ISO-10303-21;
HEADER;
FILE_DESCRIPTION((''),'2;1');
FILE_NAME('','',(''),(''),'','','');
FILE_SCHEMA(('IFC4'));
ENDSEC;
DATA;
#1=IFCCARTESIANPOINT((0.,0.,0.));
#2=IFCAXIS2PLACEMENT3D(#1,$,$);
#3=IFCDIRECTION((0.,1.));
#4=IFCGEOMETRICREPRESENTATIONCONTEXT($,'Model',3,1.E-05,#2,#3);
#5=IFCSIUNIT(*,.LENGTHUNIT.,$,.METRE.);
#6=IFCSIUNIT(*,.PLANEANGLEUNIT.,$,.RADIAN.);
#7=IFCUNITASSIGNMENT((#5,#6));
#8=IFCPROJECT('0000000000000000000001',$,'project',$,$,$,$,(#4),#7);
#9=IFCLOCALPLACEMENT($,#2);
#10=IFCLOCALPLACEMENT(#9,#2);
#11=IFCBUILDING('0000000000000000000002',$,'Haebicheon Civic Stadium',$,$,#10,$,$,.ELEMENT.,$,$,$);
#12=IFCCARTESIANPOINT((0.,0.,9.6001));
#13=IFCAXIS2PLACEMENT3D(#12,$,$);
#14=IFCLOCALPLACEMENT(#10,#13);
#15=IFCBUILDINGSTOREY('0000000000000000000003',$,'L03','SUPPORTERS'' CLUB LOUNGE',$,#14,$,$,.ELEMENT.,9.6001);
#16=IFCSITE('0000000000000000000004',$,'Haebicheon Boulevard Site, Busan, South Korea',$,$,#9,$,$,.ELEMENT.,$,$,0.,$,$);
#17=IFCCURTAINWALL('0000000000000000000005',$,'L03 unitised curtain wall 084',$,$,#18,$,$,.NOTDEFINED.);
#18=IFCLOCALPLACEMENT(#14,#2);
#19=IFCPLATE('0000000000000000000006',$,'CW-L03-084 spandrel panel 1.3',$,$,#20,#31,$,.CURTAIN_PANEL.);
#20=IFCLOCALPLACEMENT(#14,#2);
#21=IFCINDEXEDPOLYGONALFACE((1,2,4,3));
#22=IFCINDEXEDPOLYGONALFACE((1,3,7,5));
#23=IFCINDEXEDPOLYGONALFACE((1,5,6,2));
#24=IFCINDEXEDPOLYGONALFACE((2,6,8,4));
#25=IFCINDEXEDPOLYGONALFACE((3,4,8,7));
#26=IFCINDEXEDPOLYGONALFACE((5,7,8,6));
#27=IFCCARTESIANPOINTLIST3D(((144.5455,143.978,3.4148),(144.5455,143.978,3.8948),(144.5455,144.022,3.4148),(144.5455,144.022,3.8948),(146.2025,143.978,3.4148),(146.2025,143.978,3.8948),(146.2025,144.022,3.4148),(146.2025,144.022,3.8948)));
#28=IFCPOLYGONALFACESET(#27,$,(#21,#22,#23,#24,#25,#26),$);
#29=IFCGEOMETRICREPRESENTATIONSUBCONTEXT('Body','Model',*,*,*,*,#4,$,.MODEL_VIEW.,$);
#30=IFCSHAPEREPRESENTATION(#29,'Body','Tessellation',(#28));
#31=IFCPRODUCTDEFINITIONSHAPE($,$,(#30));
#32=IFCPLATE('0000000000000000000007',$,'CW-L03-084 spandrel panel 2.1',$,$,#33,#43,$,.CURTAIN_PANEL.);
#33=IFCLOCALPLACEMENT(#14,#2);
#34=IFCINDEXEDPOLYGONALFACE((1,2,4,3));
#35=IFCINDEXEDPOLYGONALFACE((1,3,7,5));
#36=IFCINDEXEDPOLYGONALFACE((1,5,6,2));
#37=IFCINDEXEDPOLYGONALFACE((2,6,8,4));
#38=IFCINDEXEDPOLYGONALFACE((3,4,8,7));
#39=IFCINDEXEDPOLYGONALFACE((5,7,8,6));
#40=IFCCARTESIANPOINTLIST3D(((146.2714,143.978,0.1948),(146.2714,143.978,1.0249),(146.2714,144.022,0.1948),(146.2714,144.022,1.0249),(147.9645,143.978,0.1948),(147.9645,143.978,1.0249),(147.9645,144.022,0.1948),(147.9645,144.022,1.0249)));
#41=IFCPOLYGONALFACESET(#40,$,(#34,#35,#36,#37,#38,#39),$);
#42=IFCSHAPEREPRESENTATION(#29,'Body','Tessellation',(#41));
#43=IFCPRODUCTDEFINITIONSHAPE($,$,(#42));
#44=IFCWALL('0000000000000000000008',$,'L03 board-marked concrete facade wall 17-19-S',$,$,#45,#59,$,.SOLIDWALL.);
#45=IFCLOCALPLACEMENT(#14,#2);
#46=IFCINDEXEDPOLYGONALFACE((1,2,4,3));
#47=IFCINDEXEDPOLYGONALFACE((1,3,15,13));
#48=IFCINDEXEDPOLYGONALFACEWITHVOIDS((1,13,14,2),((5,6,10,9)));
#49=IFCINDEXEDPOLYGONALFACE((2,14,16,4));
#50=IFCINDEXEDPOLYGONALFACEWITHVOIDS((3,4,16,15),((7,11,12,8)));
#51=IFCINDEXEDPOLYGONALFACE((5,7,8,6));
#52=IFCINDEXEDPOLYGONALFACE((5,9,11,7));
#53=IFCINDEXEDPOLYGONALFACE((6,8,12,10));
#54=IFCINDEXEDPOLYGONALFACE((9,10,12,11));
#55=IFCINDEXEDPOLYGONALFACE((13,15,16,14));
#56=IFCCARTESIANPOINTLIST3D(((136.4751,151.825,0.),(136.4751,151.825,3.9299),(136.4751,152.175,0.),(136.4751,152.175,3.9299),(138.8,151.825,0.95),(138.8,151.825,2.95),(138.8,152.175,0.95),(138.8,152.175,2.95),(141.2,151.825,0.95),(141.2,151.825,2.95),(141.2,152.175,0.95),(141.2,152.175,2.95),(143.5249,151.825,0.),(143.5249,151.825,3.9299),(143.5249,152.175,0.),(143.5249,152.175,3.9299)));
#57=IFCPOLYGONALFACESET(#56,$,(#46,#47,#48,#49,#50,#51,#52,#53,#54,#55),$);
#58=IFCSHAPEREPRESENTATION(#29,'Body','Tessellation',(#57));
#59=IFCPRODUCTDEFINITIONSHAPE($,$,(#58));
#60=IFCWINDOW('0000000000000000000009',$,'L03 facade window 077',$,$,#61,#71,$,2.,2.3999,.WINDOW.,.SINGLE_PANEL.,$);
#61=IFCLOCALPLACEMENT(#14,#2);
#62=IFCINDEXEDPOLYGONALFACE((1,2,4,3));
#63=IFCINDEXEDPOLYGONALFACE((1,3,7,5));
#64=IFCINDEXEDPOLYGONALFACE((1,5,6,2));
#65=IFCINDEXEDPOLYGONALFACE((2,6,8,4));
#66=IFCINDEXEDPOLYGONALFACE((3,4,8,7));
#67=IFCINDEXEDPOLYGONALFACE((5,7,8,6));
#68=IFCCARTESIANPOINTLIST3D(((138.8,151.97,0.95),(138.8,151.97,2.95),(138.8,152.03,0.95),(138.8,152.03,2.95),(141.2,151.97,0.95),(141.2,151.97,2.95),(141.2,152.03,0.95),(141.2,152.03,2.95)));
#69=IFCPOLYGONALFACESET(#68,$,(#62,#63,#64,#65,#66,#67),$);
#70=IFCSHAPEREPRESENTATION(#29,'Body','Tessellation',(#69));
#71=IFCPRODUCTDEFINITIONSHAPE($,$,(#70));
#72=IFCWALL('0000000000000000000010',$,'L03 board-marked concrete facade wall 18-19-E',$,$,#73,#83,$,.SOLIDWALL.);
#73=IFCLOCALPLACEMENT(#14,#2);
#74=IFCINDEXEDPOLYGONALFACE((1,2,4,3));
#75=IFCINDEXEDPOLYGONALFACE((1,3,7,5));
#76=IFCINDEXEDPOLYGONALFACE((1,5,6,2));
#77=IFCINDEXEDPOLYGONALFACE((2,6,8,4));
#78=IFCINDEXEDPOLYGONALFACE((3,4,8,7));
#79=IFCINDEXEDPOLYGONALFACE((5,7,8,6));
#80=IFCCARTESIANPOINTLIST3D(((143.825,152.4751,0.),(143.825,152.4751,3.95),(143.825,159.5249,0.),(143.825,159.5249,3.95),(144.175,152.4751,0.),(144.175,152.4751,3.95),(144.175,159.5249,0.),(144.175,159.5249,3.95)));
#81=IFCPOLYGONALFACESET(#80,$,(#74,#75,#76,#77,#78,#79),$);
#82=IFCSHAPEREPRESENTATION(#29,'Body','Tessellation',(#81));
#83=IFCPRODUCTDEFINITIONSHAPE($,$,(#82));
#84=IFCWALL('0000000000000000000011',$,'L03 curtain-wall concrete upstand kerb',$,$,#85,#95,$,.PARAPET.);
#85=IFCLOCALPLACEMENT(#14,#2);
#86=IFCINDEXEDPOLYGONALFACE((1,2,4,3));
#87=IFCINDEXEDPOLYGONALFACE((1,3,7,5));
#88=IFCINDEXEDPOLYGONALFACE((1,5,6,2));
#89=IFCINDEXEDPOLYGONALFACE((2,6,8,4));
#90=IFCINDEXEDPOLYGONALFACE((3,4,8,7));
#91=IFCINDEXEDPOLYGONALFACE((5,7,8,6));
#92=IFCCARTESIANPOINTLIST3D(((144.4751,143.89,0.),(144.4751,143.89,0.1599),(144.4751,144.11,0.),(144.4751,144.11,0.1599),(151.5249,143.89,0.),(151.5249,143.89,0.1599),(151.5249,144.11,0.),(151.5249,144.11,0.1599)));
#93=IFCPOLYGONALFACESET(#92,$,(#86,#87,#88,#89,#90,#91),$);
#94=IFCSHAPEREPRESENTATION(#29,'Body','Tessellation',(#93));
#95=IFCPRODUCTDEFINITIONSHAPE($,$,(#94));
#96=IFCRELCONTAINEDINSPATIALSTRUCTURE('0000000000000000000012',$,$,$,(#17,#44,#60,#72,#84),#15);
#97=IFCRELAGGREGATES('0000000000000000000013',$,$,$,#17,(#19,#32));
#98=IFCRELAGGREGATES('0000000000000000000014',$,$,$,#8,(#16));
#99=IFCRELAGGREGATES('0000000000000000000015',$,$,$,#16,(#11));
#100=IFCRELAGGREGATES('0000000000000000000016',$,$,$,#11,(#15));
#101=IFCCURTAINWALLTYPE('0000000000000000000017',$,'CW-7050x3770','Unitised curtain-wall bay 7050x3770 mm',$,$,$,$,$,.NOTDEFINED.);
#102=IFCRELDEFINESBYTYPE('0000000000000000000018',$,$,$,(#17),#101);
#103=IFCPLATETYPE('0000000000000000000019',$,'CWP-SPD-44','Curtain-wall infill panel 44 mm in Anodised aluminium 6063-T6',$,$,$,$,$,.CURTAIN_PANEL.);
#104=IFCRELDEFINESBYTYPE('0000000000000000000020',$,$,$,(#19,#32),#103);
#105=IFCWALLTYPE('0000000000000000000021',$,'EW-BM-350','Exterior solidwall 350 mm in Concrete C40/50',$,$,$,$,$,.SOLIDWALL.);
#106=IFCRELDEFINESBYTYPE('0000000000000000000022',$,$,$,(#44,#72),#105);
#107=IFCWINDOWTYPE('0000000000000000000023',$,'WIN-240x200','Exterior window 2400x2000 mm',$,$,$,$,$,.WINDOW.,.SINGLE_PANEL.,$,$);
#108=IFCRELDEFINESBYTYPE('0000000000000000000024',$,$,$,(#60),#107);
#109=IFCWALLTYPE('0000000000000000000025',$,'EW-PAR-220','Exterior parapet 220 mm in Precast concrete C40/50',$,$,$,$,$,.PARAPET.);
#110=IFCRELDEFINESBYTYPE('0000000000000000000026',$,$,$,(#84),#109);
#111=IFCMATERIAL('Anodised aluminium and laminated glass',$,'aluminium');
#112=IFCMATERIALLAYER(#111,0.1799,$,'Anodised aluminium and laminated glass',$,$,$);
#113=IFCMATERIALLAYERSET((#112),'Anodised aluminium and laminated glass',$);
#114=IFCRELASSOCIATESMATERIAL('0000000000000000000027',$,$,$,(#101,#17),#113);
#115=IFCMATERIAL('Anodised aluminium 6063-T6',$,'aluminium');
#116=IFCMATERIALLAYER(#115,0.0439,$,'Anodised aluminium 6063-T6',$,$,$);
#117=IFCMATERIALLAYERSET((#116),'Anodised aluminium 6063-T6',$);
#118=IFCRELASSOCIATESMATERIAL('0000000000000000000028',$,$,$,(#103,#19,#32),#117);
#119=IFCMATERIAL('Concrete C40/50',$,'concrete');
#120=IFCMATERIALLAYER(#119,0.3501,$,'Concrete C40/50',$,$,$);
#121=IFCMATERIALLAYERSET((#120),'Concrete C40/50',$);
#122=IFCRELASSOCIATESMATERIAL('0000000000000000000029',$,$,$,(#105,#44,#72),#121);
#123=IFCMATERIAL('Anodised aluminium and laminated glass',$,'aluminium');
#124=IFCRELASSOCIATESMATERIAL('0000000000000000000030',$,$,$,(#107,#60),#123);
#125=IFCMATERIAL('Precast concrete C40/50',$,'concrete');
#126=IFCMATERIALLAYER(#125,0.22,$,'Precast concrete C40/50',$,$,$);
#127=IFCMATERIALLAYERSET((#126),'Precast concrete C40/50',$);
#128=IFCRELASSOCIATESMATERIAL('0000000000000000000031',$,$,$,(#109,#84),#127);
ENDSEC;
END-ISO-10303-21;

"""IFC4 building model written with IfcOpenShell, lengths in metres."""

from ifc_helpers import new_model, si_unit, direction, frame, frame_2d, origin, origin_2d, place, context, subcontext, project, spatial, rectangle, extrude, material, layer, layer_set, type_object, element, fill, aggregate, save


model = new_model("IFC4")

# Units and contexts
model_context = context("Model", 3, precision=1e-05, world=origin(), true_north=direction((0.0, 1.0)))
body_context = subcontext(model_context, "Body", "Model", "MODEL_VIEW")
ifc_project = project(units=[si_unit("LENGTHUNIT", "METRE"), si_unit("PLANEANGLEUNIT", "RADIAN")], contexts=[model_context])

# Site, building, storey
site_placement = place(None, origin())
site = spatial("IfcSite", under=ifc_project, at=site_placement, Name="Haebicheon Boulevard Site, Busan, South Korea", CompositionType="ELEMENT", RefElevation=0.0)
building_placement = place(site_placement, origin())
building = spatial("IfcBuilding", under=site, at=building_placement, Name="Haebicheon Civic Stadium", CompositionType="ELEMENT")
storey_placement = place(building_placement, frame((0.0, 0.0, 9.6001)))
storey = spatial("IfcBuildingStorey", under=building, at=storey_placement, Name="L03", Description="SUPPORTERS' CLUB LOUNGE", CompositionType="ELEMENT", Elevation=9.6001)

# Curtain wall
ifc_material_1 = material(Name="Anodised aluminium and laminated glass", Category="aluminium")
ifc_layer_1 = layer(ifc_material_1, 0.1799, Name="Anodised aluminium and laminated glass")
ifc_layer_set_1 = layer_set([ifc_layer_1], Name="Anodised aluminium and laminated glass")
curtain_wall_type = type_object("IfcCurtainWallType", Name="CW-7050x3770", Description="Unitised curtain-wall bay 7050x3770 mm", PredefinedType="NOTDEFINED", material=ifc_layer_set_1)
curtain_wall_placement = place(storey_placement, origin())
curtain_wall = element("IfcCurtainWall", 1, at=curtain_wall_placement, inside=storey, type_object=curtain_wall_type, material=ifc_layer_set_1, Name="L03 unitised curtain wall 084", PredefinedType="NOTDEFINED")

# Plates
ifc_material_2 = material(Name="Anodised aluminium 6063-T6", Category="aluminium")
ifc_layer_2 = layer(ifc_material_2, 0.0439, Name="Anodised aluminium 6063-T6")
ifc_layer_set_2 = layer_set([ifc_layer_2], Name="Anodised aluminium 6063-T6")
plate_type_1 = type_object("IfcPlateType", Name="CWP-SPD-44", Description="Curtain-wall infill panel 44 mm in Anodised aluminium 6063-T6", PredefinedType="CURTAIN_PANEL", material=ifc_layer_set_2)
plate_1_placement = place(storey_placement, frame((145.374, 144.0, 3.4148), z_axis=(0.0, 0.0, 1.0), x_axis=(1.0, 0.0, 0.0)))
plate_1 = element("IfcPlate", 2, at=plate_1_placement, type_object=plate_type_1, material=ifc_layer_set_2, Name="CW-L03-084 spandrel panel 1.3", PredefinedType="CURTAIN_PANEL", context=body_context, shape_type="SweptSolid", body=[
    extrude(rectangle(XDim=1.657, YDim=0.0439, at=origin_2d()), origin(), (0.0, 0.0, 1.0), 0.48),
])
plate_2_placement = place(storey_placement, frame((147.1179, 144.0, 0.1948), z_axis=(0.0, 0.0, 1.0), x_axis=(1.0, 0.0, 0.0)))
plate_2 = element("IfcPlate", 3, at=plate_2_placement, type_object=plate_type_1, material=ifc_layer_set_2, Name="CW-L03-084 spandrel panel 2.1", PredefinedType="CURTAIN_PANEL", context=body_context, shape_type="SweptSolid", body=[
    extrude(rectangle(XDim=1.6931, YDim=0.0439, at=origin_2d()), origin(), (0.0, 0.0, 1.0), 0.8301),
])
aggregate(curtain_wall, [plate_1, plate_2])

# Wall, opening, window
ifc_material_3 = material(Name="Concrete C40/50", Category="concrete")
ifc_layer_3 = layer(ifc_material_3, 0.3501, Name="Concrete C40/50")
ifc_layer_set_3 = layer_set([ifc_layer_3], Name="Concrete C40/50")
wall_type_1 = type_object("IfcWallType", Name="EW-BM-350", Description="Exterior solidwall 350 mm in Concrete C40/50", PredefinedType="SOLIDWALL", material=ifc_layer_set_3)
wall_1_placement = place(storey_placement, frame((136.4751, 152.0, 0.0), z_axis=(0.0, 0.0, 1.0), x_axis=(1.0, 0.0, 0.0)))
wall_1 = element("IfcWall", 4, at=wall_1_placement, inside=storey, type_object=wall_type_1, material=ifc_layer_set_3, Name="L03 board-marked concrete facade wall 17-19-S", PredefinedType="SOLIDWALL", context=body_context, shape_type="SweptSolid", body=[
    extrude(rectangle(XDim=7.0498, YDim=0.3501, at=frame_2d((3.5249, 0.0))), origin(), (0.0, 0.0, 1.0), 3.9299),
])
opening_placement = place(wall_1_placement, frame((2.325, 0.0, 0.95)))
opening = element("IfcOpeningElement", 5, at=opening_placement, cuts=wall_1, PredefinedType="OPENING", context=body_context, shape_type="SweptSolid", body=[
    extrude(rectangle(XDim=2.3999, YDim=2.0, at=frame_2d((1.2, 1.0))), frame((0.0, 0.1851, 0.0), z_axis=(0.0, -1.0, 0.0), x_axis=(1.0, 0.0, 0.0)), (0.0, 0.0, 1.0), 0.3701),
])
ifc_material_4 = material(Name="Anodised aluminium and laminated glass", Category="aluminium")
window_type = type_object("IfcWindowType", Name="WIN-240x200", Description="Exterior window 2400x2000 mm", PartitioningType="SINGLE_PANEL", PredefinedType="WINDOW", material=ifc_material_4)
window_placement = place(opening_placement, origin())
window = element("IfcWindow", 6, at=window_placement, inside=storey, type_object=window_type, material=ifc_material_4, Name="L03 facade window 077", OverallHeight=2.0, OverallWidth=2.3999, PartitioningType="SINGLE_PANEL", PredefinedType="WINDOW", context=body_context, shape_type="SweptSolid", body=[
    extrude(rectangle(XDim=2.3999, YDim=2.0, at=frame_2d((1.2, 1.0))), frame((0.0, 0.03, 0.0), z_axis=(0.0, -1.0, 0.0), x_axis=(1.0, 0.0, 0.0)), (0.0, 0.0, 1.0), 0.0601),
])
fill(opening, window)

# Walls
wall_2_placement = place(storey_placement, frame((144.0, 152.4751, 0.0), z_axis=(0.0, 0.0, 1.0), x_axis=(0.0, 1.0, 0.0)))
element("IfcWall", 7, at=wall_2_placement, inside=storey, type_object=wall_type_1, material=ifc_layer_set_3, Name="L03 board-marked concrete facade wall 18-19-E", PredefinedType="SOLIDWALL", context=body_context, shape_type="SweptSolid", body=[
    extrude(rectangle(XDim=7.0498, YDim=0.3501, at=frame_2d((3.5249, 0.0))), origin(), (0.0, 0.0, 1.0), 3.95),
])
ifc_material_5 = material(Name="Precast concrete C40/50", Category="concrete")
ifc_layer_4 = layer(ifc_material_5, 0.22, Name="Precast concrete C40/50")
ifc_layer_set_4 = layer_set([ifc_layer_4], Name="Precast concrete C40/50")
wall_type_2 = type_object("IfcWallType", Name="EW-PAR-220", Description="Exterior parapet 220 mm in Precast concrete C40/50", PredefinedType="PARAPET", material=ifc_layer_set_4)
wall_3_placement = place(storey_placement, frame((144.4751, 144.0, 0.0), z_axis=(0.0, 0.0, 1.0), x_axis=(1.0, 0.0, 0.0)))
element("IfcWall", 8, at=wall_3_placement, inside=storey, type_object=wall_type_2, material=ifc_layer_set_4, Name="L03 curtain-wall concrete upstand kerb", PredefinedType="PARAPET", context=body_context, shape_type="SweptSolid", body=[
    extrude(rectangle(XDim=7.0498, YDim=0.22, at=frame_2d((3.5249, 0.0))), origin(), (0.0, 0.0, 1.0), 0.1599),
])

save(model, "model.ifc")
